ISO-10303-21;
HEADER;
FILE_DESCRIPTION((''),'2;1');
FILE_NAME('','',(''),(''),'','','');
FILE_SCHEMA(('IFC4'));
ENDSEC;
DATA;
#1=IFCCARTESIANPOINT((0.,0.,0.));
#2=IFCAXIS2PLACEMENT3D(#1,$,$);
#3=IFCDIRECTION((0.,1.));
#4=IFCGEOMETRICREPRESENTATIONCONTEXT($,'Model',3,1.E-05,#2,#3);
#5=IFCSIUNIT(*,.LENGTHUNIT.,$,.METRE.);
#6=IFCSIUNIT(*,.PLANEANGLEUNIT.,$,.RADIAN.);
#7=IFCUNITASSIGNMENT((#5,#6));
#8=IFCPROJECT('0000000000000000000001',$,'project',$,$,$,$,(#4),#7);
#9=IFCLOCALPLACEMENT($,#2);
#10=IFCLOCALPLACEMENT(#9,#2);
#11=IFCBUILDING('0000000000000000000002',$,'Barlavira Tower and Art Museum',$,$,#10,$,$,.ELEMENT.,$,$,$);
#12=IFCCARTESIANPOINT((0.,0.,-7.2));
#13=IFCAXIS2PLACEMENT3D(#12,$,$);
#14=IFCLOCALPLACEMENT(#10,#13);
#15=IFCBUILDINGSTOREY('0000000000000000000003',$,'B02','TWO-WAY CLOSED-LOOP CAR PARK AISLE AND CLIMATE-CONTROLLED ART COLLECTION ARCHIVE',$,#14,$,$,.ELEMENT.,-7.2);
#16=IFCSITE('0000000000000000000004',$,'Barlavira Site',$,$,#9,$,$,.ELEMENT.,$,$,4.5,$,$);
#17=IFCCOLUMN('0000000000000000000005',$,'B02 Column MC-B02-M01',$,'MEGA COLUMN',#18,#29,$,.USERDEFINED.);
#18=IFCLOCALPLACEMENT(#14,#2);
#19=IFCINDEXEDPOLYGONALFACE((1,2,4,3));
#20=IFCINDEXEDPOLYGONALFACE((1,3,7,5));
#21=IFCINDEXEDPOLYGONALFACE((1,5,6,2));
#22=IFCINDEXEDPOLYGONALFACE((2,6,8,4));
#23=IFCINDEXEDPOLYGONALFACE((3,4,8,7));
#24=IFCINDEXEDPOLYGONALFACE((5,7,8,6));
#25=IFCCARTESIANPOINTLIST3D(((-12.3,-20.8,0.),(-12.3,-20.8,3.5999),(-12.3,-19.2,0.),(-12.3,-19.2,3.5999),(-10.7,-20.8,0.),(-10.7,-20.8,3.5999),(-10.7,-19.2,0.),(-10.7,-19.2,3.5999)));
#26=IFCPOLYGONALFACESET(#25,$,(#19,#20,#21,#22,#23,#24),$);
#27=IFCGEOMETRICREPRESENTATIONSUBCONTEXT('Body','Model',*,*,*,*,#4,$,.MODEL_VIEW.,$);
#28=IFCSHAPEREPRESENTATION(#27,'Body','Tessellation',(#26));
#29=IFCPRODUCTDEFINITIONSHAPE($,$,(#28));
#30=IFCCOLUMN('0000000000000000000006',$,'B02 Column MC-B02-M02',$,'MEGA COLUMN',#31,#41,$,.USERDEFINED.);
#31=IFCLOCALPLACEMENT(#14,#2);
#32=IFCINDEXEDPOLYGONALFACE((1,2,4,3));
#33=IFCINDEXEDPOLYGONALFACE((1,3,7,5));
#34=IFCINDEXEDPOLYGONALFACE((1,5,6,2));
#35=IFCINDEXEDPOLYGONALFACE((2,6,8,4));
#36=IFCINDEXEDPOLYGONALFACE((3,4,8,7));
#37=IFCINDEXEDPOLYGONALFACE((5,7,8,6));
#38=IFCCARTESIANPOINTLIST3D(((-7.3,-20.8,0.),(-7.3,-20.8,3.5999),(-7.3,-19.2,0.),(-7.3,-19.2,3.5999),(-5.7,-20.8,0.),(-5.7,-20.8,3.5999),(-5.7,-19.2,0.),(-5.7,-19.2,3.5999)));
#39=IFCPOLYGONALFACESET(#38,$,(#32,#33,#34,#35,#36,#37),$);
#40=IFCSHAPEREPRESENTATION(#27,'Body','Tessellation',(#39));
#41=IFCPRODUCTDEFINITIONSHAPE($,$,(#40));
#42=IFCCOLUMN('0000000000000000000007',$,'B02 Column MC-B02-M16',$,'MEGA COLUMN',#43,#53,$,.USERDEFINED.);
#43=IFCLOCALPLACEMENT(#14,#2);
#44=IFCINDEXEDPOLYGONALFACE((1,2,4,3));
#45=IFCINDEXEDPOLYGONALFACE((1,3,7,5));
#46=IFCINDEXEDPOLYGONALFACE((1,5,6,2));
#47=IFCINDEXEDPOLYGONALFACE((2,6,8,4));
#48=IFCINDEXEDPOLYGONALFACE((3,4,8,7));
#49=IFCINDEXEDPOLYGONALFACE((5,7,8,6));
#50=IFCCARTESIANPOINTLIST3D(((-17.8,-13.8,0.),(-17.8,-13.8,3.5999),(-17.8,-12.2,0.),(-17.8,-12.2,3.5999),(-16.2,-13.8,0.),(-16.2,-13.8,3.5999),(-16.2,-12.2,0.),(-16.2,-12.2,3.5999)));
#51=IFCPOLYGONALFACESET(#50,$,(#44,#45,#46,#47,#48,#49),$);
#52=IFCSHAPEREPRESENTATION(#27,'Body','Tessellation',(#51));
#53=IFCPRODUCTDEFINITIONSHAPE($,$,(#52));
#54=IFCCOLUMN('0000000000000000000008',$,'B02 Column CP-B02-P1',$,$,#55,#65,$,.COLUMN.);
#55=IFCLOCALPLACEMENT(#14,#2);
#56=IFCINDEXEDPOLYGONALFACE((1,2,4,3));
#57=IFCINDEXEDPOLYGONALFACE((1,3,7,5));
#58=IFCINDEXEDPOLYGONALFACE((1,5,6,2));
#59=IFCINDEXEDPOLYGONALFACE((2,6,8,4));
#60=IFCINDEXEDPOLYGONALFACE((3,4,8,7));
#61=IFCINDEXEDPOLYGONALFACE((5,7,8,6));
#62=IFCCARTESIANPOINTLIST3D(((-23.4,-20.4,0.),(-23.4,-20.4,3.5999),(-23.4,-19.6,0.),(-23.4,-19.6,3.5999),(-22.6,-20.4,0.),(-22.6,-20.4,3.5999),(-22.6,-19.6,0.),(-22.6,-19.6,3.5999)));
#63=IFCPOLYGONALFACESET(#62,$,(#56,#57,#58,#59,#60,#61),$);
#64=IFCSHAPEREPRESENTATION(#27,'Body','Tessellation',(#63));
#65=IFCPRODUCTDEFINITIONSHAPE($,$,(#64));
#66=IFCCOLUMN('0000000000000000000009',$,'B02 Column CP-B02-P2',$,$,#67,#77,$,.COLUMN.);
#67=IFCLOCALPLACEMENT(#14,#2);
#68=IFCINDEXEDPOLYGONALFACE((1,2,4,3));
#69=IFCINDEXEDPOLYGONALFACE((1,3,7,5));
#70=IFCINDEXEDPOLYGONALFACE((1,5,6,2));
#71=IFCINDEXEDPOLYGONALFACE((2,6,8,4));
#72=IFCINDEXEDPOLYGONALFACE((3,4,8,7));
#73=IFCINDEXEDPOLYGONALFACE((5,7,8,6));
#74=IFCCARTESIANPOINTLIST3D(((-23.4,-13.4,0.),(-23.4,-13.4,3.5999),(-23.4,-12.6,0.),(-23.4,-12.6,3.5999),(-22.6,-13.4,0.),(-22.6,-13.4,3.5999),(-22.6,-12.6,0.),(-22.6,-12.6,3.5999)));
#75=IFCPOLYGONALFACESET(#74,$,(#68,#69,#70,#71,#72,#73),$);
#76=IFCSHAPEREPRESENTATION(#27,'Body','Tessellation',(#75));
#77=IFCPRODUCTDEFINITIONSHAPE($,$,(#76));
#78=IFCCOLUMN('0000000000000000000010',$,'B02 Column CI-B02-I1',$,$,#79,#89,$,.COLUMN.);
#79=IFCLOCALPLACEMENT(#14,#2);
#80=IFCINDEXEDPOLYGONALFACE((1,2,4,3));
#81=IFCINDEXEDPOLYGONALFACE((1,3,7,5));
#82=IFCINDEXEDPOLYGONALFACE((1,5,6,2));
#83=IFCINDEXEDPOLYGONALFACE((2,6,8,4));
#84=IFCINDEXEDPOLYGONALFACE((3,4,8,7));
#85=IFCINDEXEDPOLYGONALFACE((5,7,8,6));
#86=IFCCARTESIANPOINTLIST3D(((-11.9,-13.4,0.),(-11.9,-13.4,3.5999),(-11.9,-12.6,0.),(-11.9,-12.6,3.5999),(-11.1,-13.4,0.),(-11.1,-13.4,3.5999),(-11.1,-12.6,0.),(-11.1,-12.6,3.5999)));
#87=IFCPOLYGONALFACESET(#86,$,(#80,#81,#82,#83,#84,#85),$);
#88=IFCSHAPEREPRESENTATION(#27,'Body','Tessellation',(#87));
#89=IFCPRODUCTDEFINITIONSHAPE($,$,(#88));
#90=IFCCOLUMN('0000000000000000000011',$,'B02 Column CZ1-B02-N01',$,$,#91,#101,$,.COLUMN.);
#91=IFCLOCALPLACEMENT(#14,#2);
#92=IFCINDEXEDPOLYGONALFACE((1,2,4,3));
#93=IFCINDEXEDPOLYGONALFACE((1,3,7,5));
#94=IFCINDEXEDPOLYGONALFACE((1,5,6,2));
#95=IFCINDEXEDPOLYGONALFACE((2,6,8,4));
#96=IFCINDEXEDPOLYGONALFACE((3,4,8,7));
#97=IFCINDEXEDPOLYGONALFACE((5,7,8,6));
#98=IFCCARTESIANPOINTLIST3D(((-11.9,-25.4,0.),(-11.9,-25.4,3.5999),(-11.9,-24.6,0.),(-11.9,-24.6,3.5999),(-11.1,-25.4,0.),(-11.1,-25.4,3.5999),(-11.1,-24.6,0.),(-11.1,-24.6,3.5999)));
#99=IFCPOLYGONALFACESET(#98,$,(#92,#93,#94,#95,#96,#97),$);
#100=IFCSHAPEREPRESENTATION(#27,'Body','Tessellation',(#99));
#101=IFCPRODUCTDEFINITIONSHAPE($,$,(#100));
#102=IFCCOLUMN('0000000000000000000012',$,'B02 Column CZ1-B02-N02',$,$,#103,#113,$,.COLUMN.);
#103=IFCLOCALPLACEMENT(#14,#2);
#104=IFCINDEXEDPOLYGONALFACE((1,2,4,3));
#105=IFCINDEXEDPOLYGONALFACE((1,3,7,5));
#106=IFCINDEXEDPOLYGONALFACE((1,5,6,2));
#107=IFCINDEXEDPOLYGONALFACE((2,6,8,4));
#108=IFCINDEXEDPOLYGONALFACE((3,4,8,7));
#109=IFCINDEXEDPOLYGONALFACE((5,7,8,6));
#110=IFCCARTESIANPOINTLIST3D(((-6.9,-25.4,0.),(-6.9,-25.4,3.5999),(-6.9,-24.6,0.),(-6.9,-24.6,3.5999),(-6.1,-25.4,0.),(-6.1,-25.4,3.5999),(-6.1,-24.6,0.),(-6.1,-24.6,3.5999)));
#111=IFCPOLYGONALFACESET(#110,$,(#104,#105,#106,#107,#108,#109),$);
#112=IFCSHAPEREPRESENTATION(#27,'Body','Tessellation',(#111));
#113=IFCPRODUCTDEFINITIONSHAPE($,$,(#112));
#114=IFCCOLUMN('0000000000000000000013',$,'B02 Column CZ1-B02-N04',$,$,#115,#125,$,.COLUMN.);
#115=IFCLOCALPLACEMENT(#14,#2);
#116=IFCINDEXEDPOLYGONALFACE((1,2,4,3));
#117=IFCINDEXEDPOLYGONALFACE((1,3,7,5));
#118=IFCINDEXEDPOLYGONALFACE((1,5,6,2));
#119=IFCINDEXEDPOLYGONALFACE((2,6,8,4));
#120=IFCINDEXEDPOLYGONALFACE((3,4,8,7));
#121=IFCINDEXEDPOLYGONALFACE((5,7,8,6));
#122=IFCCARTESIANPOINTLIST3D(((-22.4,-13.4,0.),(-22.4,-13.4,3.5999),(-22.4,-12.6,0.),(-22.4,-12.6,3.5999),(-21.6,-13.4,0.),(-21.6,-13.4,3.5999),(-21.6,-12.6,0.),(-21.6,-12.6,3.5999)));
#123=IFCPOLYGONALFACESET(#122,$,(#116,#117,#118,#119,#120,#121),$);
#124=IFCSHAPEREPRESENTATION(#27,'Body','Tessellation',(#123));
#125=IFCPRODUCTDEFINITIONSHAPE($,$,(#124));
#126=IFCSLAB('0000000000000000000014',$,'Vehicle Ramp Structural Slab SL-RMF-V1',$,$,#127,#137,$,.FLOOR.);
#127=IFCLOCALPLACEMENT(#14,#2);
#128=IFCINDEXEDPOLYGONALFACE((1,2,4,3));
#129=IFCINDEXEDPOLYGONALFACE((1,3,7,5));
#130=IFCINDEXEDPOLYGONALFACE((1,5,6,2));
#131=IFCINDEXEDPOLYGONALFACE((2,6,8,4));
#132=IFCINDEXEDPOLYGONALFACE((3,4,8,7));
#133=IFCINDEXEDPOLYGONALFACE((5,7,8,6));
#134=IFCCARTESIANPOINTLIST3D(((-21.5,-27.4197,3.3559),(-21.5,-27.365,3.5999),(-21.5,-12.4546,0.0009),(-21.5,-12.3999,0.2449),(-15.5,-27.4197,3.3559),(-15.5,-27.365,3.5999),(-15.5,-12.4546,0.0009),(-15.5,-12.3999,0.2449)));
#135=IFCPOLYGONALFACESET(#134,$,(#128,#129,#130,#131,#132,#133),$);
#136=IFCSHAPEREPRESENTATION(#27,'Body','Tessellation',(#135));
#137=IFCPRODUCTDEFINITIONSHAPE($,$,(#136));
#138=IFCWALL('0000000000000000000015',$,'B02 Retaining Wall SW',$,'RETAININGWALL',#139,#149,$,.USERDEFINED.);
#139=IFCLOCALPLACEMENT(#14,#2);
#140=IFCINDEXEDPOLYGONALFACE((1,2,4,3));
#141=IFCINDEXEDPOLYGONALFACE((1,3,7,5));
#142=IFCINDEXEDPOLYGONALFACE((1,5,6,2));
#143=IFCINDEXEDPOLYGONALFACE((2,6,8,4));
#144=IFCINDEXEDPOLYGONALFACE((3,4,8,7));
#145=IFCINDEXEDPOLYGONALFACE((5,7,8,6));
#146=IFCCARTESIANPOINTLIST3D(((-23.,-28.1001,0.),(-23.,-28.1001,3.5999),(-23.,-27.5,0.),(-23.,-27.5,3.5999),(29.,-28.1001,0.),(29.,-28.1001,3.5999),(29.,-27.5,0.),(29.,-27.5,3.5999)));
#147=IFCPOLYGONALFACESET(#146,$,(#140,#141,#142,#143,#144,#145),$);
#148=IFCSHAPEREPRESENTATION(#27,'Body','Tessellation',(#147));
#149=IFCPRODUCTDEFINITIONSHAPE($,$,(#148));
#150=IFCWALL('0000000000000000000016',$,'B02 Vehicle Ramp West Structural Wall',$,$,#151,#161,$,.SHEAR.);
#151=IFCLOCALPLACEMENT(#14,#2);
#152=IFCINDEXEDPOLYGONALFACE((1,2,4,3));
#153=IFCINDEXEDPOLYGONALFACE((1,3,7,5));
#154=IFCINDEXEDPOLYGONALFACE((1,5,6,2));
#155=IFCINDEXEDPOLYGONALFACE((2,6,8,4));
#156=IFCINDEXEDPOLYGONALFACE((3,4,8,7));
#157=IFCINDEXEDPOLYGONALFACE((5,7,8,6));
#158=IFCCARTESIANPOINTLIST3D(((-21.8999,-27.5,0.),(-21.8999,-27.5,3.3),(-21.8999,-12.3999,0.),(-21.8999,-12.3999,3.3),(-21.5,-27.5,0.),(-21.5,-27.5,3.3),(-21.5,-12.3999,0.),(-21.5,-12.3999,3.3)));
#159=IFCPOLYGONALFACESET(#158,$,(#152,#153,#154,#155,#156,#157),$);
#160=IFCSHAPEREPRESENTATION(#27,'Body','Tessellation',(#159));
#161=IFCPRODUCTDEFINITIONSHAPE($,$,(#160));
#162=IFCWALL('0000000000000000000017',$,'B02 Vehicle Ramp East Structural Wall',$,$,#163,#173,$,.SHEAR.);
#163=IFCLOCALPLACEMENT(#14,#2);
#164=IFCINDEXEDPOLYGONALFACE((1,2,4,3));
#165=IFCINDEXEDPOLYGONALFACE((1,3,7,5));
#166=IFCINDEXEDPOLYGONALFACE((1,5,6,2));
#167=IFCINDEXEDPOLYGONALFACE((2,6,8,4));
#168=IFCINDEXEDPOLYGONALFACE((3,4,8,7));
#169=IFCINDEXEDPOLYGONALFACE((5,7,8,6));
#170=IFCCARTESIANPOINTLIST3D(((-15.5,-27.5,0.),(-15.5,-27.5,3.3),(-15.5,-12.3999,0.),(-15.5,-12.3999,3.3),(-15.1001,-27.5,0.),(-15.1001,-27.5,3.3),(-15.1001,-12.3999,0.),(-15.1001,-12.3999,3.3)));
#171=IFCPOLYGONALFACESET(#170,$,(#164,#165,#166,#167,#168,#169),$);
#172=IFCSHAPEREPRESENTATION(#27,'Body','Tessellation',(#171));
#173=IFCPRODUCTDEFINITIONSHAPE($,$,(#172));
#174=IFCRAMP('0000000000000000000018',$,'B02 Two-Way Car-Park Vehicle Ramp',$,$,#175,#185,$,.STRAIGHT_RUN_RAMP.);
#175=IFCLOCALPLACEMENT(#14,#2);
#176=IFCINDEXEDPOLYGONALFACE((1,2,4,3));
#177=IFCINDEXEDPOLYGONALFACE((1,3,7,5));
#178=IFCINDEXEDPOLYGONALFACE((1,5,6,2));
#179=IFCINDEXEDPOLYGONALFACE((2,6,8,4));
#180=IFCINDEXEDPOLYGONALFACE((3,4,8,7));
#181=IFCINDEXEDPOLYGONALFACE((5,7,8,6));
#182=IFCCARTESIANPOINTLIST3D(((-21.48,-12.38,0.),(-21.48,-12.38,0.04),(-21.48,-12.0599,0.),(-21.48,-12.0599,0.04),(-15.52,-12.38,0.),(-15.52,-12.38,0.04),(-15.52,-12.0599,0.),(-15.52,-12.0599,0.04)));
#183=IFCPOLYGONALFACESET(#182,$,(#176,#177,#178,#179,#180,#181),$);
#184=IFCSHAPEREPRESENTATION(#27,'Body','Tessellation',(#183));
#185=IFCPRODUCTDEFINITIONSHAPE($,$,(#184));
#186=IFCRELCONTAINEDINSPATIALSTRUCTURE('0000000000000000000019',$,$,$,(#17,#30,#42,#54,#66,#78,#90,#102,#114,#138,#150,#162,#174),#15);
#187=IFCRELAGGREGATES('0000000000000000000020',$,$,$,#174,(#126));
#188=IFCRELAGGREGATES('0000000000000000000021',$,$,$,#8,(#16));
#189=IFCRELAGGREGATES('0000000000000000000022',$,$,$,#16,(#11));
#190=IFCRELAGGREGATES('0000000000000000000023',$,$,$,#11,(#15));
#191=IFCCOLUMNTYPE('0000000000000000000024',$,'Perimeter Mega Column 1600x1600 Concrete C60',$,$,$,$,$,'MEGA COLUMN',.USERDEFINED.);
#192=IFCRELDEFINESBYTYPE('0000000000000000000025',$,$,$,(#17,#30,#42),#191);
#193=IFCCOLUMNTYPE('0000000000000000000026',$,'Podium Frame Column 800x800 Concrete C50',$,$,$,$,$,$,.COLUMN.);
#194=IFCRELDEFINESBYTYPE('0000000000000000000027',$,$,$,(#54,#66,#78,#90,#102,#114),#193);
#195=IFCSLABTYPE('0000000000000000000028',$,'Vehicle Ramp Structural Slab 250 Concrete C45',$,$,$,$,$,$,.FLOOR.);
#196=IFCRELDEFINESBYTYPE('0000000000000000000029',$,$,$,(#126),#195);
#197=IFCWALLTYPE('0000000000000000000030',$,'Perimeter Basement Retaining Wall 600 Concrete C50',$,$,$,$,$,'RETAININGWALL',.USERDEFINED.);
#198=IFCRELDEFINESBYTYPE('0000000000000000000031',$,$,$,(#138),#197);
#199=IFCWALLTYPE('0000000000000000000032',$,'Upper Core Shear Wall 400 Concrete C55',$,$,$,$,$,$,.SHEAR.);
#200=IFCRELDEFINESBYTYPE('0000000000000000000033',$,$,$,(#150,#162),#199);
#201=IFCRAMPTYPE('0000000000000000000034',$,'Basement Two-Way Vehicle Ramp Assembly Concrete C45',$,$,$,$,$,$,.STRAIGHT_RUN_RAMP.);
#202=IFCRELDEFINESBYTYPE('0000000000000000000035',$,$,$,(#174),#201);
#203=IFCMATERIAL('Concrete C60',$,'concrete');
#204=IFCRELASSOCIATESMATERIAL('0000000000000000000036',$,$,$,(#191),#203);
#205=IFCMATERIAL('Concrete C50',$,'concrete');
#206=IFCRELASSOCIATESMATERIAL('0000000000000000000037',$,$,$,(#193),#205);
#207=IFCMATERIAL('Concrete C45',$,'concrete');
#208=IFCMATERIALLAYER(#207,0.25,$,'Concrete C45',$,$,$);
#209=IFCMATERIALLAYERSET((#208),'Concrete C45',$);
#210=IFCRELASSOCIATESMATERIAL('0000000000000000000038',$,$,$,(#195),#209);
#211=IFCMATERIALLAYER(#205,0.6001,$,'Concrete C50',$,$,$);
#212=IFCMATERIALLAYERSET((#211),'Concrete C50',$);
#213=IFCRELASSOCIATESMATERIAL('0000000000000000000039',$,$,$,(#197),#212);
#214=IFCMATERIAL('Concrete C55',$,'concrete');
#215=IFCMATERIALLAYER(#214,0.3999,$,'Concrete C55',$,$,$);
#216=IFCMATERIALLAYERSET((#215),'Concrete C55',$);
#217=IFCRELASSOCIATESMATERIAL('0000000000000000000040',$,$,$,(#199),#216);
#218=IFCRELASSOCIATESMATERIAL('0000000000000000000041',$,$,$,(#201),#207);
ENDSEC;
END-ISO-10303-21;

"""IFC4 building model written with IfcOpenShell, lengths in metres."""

from ifc_helpers import new_model, si_unit, direction, frame, frame_2d, origin, origin_2d, place, context, subcontext, project, spatial, polyline, rectangle, outline, extrude, material, layer, layer_set, material_profile, profile_set, type_object, element, aggregate, save


model = new_model("IFC4")

# Units and contexts
model_context = context("Model", 3, precision=1e-05, world=origin(), true_north=direction((0.0, 1.0)))
body_context = subcontext(model_context, "Body", "Model", "MODEL_VIEW")
ifc_project = project(units=[si_unit("LENGTHUNIT", "METRE"), si_unit("PLANEANGLEUNIT", "RADIAN")], contexts=[model_context])

# Site, building, storey
site_placement = place(None, origin())
site = spatial("IfcSite", under=ifc_project, at=site_placement, Name="Barlavira Site", CompositionType="ELEMENT", RefElevation=4.5)
building_placement = place(site_placement, origin())
building = spatial("IfcBuilding", under=site, at=building_placement, Name="Barlavira Tower and Art Museum", CompositionType="ELEMENT")
storey_placement = place(building_placement, frame((0.0, 0.0, -7.2)))
storey = spatial("IfcBuildingStorey", under=building, at=storey_placement, Name="B02", Description="TWO-WAY CLOSED-LOOP CAR PARK AISLE AND CLIMATE-CONTROLLED ART COLLECTION ARCHIVE", CompositionType="ELEMENT", Elevation=-7.2)

# Shared definitions
ifc_material_1 = material(Name="Concrete C50", Category="concrete")

# Columns
ifc_material_2 = material(Name="Concrete C60", Category="concrete")
ifc_material_profile_1 = material_profile(ifc_material_2, rectangle(XDim=1.6001, YDim=1.6001, at=origin_2d()), Name="RC-MCOL 1600x1600")
ifc_profile_set_1 = profile_set([ifc_material_profile_1], Name="Concrete C60")
column_type_1 = type_object("IfcColumnType", Name="Perimeter Mega Column 1600x1600 Concrete C60", ElementType="MEGA COLUMN", PredefinedType="USERDEFINED", material=ifc_profile_set_1)
for number, where, z_axis, x_axis, name in (
    (1, (-11.5, -20.0, 0.0), (0.0, 0.0, 1.0), (1.0, 0.0, 0.0), "B02 Column MC-B02-M01"),
    (2, (-6.5, -20.0, 0.0), (0.0, 0.0, 1.0), (1.0, 0.0, 0.0), "B02 Column MC-B02-M02"),
    (3, (-17.0, -13.0, 0.0), (0.0, 0.0, 1.0), (1.0, 0.0, 0.0), "B02 Column MC-B02-M16"),
):
    element("IfcColumn", number, at=place(storey_placement, frame(where, z_axis=z_axis, x_axis=x_axis)), inside=storey, type_object=column_type_1, Name=name, ObjectType="MEGA COLUMN", PredefinedType="USERDEFINED", context=body_context, shape_type="SweptSolid", body=[
        extrude(rectangle(XDim=1.6001, YDim=1.6001, at=origin_2d()), origin(), (0.0, 0.0, 1.0), 3.5999),
    ])
ifc_material_profile_2 = material_profile(ifc_material_1, rectangle(XDim=0.8, YDim=0.8, at=origin_2d()), Name="RC-COL 800x800")
ifc_profile_set_2 = profile_set([ifc_material_profile_2], Name="Concrete C50")
column_type_2 = type_object("IfcColumnType", Name="Podium Frame Column 800x800 Concrete C50", PredefinedType="COLUMN", material=ifc_profile_set_2)
for number, where, z_axis, x_axis, name in (
    (4, (-23.0, -20.0, 0.0), (0.0, 0.0, 1.0), (1.0, 0.0, 0.0), "B02 Column CP-B02-P1"),
    (5, (-23.0, -13.0, 0.0), (0.0, 0.0, 1.0), (1.0, 0.0, 0.0), "B02 Column CP-B02-P2"),
    (6, (-11.5, -13.0, 0.0), (0.0, 0.0, 1.0), (1.0, 0.0, 0.0), "B02 Column CI-B02-I1"),
    (7, (-11.5, -25.0, 0.0), (0.0, 0.0, 1.0), (1.0, 0.0, 0.0), "B02 Column CZ1-B02-N01"),
    (8, (-6.5, -25.0, 0.0), (0.0, 0.0, 1.0), (1.0, 0.0, 0.0), "B02 Column CZ1-B02-N02"),
    (9, (-22.0, -13.0, 0.0), (0.0, 0.0, 1.0), (1.0, 0.0, 0.0), "B02 Column CZ1-B02-N04"),
):
    element("IfcColumn", number, at=place(storey_placement, frame(where, z_axis=z_axis, x_axis=x_axis)), inside=storey, type_object=column_type_2, Name=name, PredefinedType="COLUMN", context=body_context, shape_type="SweptSolid", body=[
        extrude(rectangle(XDim=0.8, YDim=0.8, at=origin_2d()), origin(), (0.0, 0.0, 1.0), 3.5999),
    ])

# Slab
ifc_material_3 = material(Name="Concrete C45", Category="concrete")
ifc_layer_1 = layer(ifc_material_3, 0.25, Name="Concrete C45")
ifc_layer_set_1 = layer_set([ifc_layer_1], Name="Concrete C45")
slab_type = type_object("IfcSlabType", Name="Vehicle Ramp Structural Slab 250 Concrete C45", PredefinedType="FLOOR", material=ifc_layer_set_1)
slab_placement = place(storey_placement, frame((-21.5, -27.365, 3.5999), z_axis=(0.0, 0.218757, 0.975779), x_axis=(1.0, 0.0, 0.0)))
slab = element("IfcSlab", 10, at=slab_placement, type_object=slab_type, Name="Vehicle Ramp Structural Slab SL-RMF-V1", PredefinedType="FLOOR", context=body_context, shape_type="SweptSolid", body=[
    extrude(outline(polyline([(0.0, 0.0), (6.0, 0.0), (6.0, 15.3365), (0.0, 15.3365), (0.0, 0.0)])), origin(), (0.0, 0.0, -1.0), 0.25),
])

# Walls
ifc_layer_2 = layer(ifc_material_1, 0.6001, Name="Concrete C50")
ifc_layer_set_2 = layer_set([ifc_layer_2], Name="Concrete C50")
wall_type_1 = type_object("IfcWallType", Name="Perimeter Basement Retaining Wall 600 Concrete C50", ElementType="RETAININGWALL", PredefinedType="USERDEFINED", material=ifc_layer_set_2)
wall_placement = place(storey_placement, frame((-23.0, -27.8, 0.0), z_axis=(0.0, 0.0, 1.0), x_axis=(1.0, 0.0, 0.0)))
element("IfcWall", 11, at=wall_placement, inside=storey, type_object=wall_type_1, Name="B02 Retaining Wall SW", ObjectType="RETAININGWALL", PredefinedType="USERDEFINED", context=body_context, shape_type="SweptSolid", body=[
    extrude(rectangle(XDim=52.0, YDim=0.6001, at=frame_2d((26.0, 0.0))), origin(), (0.0, 0.0, 1.0), 3.5999),
])
ifc_material_4 = material(Name="Concrete C55", Category="concrete")
ifc_layer_3 = layer(ifc_material_4, 0.3999, Name="Concrete C55")
ifc_layer_set_3 = layer_set([ifc_layer_3], Name="Concrete C55")
wall_type_2 = type_object("IfcWallType", Name="Upper Core Shear Wall 400 Concrete C55", PredefinedType="SHEAR", material=ifc_layer_set_3)
for number, where, z_axis, x_axis, name in (
    (12, (-21.7, -27.5, 0.0), (0.0, 0.0, 1.0), (0.0, 1.0, 0.0), "B02 Vehicle Ramp West Structural Wall"),
    (13, (-15.3, -27.5, 0.0), (0.0, 0.0, 1.0), (0.0, 1.0, 0.0), "B02 Vehicle Ramp East Structural Wall"),
):
    element("IfcWall", number, at=place(storey_placement, frame(where, z_axis=z_axis, x_axis=x_axis)), inside=storey, type_object=wall_type_2, Name=name, PredefinedType="SHEAR", context=body_context, shape_type="SweptSolid", body=[
        extrude(rectangle(XDim=15.1001, YDim=0.3999, at=frame_2d((7.55, 0.0))), origin(), (0.0, 0.0, 1.0), 3.3),
    ])

# Ramp
ramp_type = type_object("IfcRampType", Name="Basement Two-Way Vehicle Ramp Assembly Concrete C45", PredefinedType="STRAIGHT_RUN_RAMP", material=ifc_material_3)
ramp_placement = place(storey_placement, frame((-18.5, -12.22, 0.0), z_axis=(0.0, 0.0, 1.0), x_axis=(1.0, 0.0, 0.0)))
ramp = element("IfcRamp", 14, at=ramp_placement, inside=storey, type_object=ramp_type, Name="B02 Two-Way Car-Park Vehicle Ramp", PredefinedType="STRAIGHT_RUN_RAMP", context=body_context, shape_type="SweptSolid", body=[
    extrude(rectangle(XDim=5.96, YDim=0.3201, at=origin_2d()), origin(), (0.0, 0.0, 1.0), 0.04),
])
aggregate(ramp, [slab])

save(model, "model.ifc")
